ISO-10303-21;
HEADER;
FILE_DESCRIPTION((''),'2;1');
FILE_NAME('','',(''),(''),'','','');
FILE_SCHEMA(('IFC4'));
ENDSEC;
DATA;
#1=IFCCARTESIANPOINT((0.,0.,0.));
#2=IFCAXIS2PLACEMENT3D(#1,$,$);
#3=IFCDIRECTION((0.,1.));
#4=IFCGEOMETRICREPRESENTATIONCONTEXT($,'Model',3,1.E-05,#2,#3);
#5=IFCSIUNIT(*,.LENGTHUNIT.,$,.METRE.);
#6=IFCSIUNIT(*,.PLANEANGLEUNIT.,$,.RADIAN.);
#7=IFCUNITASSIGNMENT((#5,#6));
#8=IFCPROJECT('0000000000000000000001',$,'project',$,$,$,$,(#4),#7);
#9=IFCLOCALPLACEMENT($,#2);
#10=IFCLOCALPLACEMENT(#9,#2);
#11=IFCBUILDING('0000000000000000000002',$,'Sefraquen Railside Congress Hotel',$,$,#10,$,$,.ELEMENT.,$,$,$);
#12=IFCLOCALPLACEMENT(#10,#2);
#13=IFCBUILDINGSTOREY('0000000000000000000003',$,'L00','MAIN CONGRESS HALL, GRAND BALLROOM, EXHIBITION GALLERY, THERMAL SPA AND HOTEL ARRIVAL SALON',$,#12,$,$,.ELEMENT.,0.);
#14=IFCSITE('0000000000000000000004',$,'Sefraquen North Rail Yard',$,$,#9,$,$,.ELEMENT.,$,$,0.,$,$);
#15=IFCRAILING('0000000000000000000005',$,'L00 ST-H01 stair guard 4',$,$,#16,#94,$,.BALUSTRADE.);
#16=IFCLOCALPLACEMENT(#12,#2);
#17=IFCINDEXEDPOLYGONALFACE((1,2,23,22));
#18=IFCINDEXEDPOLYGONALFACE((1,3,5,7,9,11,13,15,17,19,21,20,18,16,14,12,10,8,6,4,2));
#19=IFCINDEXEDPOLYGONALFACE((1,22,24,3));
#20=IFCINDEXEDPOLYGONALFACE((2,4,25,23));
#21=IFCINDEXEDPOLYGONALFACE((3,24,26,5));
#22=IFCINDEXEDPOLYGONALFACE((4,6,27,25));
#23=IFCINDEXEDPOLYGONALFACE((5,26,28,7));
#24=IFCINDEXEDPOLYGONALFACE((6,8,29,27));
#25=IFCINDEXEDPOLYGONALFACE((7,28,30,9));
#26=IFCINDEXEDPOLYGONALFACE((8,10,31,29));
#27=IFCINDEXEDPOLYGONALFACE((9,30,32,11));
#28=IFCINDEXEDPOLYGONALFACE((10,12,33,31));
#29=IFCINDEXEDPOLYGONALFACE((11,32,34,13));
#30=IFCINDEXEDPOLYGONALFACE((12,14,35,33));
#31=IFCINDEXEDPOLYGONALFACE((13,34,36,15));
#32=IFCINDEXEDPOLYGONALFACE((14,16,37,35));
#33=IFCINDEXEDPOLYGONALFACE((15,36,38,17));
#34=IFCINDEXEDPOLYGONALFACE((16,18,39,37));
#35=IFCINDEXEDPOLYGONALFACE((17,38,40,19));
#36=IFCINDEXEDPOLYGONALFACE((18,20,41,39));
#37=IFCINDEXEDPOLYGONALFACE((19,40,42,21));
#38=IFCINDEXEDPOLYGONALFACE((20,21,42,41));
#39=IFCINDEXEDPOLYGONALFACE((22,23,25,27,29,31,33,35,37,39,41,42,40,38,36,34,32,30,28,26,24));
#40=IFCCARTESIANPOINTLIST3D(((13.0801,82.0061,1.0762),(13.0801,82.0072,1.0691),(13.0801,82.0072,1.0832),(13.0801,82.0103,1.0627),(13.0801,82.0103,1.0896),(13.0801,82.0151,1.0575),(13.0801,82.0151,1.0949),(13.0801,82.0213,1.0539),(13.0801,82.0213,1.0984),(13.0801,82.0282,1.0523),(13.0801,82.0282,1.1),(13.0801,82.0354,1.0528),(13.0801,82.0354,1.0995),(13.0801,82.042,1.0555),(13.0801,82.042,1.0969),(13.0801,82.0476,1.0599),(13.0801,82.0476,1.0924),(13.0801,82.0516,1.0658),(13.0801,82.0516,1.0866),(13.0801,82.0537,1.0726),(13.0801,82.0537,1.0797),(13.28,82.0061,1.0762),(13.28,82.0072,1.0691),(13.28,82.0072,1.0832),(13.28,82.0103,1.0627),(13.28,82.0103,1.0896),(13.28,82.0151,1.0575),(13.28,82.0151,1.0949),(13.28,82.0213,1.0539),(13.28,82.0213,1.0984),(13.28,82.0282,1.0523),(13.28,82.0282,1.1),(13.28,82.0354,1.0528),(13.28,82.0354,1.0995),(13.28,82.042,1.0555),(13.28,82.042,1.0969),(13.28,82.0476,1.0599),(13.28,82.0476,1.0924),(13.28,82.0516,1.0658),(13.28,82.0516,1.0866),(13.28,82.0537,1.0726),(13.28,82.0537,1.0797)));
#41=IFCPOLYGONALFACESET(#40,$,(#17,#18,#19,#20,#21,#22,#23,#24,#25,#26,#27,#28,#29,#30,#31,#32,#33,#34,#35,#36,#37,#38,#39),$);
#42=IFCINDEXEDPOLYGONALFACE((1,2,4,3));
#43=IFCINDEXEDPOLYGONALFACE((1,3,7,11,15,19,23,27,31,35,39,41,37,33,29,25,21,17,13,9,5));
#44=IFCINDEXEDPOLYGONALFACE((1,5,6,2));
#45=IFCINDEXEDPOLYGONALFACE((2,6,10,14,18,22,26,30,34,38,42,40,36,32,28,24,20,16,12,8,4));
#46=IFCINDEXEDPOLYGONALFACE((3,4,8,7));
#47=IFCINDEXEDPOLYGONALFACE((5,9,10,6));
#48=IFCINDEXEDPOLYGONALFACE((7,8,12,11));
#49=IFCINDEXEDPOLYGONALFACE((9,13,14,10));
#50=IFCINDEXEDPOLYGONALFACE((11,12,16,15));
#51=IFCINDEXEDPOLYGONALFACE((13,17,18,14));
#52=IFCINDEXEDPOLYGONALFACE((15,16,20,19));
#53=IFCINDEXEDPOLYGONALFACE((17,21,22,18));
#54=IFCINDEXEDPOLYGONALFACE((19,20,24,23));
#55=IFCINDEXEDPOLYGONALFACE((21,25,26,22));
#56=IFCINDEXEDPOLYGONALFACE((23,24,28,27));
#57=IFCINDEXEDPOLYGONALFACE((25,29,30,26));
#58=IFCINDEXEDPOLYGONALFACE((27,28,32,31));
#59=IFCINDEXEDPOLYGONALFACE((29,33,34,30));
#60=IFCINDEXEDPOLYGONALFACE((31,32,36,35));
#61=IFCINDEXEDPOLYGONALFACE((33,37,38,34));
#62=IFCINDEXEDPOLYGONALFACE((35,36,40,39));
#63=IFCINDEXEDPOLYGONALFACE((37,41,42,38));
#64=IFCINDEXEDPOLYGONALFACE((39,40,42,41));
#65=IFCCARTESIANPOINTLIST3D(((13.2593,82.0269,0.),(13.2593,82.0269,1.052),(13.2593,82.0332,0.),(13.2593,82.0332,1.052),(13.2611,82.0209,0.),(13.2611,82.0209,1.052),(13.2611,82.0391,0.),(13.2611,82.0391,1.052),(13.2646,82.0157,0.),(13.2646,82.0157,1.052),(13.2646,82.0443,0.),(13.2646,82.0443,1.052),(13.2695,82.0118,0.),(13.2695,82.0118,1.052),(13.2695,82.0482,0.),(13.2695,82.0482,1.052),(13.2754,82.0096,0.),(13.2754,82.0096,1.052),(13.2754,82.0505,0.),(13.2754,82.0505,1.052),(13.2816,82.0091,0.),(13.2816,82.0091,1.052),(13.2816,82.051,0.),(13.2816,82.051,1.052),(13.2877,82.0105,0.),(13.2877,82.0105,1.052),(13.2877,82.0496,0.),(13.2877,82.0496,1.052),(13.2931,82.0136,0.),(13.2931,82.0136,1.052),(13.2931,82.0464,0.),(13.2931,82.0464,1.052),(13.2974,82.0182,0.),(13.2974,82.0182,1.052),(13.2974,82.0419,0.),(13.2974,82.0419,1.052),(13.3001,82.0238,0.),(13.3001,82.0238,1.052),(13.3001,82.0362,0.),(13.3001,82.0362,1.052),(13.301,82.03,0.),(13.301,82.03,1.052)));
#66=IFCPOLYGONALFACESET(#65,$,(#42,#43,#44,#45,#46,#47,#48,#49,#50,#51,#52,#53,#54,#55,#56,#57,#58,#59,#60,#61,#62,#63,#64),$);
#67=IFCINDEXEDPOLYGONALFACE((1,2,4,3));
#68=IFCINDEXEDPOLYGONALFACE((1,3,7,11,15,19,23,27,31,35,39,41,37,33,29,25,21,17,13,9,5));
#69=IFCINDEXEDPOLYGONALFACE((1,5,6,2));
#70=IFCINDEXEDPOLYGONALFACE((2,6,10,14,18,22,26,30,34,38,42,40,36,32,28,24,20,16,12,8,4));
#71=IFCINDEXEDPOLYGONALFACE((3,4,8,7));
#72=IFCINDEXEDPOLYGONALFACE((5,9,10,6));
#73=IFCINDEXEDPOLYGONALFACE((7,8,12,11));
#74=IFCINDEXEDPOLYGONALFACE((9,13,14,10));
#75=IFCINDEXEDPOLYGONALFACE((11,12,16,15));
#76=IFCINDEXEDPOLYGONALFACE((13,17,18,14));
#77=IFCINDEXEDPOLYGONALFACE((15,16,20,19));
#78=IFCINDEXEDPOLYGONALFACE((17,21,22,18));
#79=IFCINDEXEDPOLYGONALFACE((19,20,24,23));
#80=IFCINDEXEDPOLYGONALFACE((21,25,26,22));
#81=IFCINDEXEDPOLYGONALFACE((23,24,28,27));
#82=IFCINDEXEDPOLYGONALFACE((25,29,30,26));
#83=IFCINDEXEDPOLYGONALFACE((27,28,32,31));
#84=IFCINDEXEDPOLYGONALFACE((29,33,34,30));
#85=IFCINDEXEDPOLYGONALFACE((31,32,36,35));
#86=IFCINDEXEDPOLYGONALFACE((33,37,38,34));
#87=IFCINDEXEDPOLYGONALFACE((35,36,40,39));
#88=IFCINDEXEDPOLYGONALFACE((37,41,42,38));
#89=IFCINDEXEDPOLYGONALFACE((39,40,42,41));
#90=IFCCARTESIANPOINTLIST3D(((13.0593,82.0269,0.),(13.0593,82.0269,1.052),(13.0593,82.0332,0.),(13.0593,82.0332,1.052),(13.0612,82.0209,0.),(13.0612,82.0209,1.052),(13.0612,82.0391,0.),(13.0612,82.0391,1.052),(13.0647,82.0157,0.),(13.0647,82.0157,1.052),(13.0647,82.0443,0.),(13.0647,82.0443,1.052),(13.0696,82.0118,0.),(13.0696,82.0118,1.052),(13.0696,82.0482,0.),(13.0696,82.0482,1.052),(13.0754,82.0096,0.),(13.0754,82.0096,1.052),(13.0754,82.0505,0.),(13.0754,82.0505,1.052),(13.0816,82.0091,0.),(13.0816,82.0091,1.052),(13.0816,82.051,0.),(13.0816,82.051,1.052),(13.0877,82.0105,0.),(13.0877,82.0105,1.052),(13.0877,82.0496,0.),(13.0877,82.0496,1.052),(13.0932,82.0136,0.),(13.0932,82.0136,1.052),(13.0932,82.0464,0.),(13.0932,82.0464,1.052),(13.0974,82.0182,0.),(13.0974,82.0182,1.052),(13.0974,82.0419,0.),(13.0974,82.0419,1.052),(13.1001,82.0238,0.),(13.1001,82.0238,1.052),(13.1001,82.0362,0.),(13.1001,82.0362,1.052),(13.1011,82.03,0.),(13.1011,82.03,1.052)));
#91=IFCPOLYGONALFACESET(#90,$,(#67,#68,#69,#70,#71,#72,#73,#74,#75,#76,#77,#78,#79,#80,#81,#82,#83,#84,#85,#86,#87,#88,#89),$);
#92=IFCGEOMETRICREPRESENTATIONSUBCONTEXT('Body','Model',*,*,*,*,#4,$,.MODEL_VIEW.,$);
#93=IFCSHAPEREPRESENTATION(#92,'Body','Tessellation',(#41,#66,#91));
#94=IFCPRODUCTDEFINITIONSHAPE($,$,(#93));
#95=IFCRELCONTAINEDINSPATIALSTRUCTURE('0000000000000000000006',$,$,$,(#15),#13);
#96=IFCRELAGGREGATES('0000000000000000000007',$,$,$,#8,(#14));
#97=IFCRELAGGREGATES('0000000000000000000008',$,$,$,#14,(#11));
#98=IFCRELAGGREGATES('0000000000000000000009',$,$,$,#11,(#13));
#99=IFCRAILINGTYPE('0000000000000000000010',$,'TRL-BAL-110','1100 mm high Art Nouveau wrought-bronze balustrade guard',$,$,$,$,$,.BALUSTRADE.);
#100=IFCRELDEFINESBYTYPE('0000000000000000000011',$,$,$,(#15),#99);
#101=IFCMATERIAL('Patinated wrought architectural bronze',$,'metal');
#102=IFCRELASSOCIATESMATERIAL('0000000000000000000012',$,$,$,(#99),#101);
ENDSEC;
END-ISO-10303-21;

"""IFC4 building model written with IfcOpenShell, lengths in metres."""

from ifc_helpers import new_model, si_unit, direction, frame, origin, origin_2d, place, context, subcontext, project, spatial, circle, extrude, material, type_object, element, save


model = new_model("IFC4")

# Units and contexts
model_context = context("Model", 3, precision=1e-05, world=origin(), true_north=direction((0.0, 1.0)))
body_context = subcontext(model_context, "Body", "Model", "MODEL_VIEW")
ifc_project = project(units=[si_unit("LENGTHUNIT", "METRE"), si_unit("PLANEANGLEUNIT", "RADIAN")], contexts=[model_context])

# Site, building, storey
site_placement = place(None, origin())
site = spatial("IfcSite", under=ifc_project, at=site_placement, Name="Sefraquen North Rail Yard", CompositionType="ELEMENT", RefElevation=0.0)
building_placement = place(site_placement, origin())
building = spatial("IfcBuilding", under=site, at=building_placement, Name="Sefraquen Railside Congress Hotel", CompositionType="ELEMENT")
storey_placement = place(building_placement, origin())
storey = spatial("IfcBuildingStorey", under=building, at=storey_placement, Name="L00", Description="MAIN CONGRESS HALL, GRAND BALLROOM, EXHIBITION GALLERY, THERMAL SPA AND HOTEL ARRIVAL SALON", CompositionType="ELEMENT", Elevation=0.0)

# Railing
ifc_material_1 = material(Name="Patinated wrought architectural bronze", Category="metal")
railing_type_1 = type_object("IfcRailingType", Name="TRL-BAL-110", Description="1100 mm high Art Nouveau wrought-bronze balustrade guard", PredefinedType="BALUSTRADE", material=ifc_material_1)
railing_1_placement = place(storey_placement, frame((13.28, 82.03, 0.0)))
element("IfcRailing", 1, at=railing_1_placement, inside=storey, type_object=railing_type_1, Name="L00 ST-H01 stair guard 4", PredefinedType="BALUSTRADE", context=body_context, shape_type="SweptSolid", body=[
    extrude(circle(Radius=0.0239, at=origin_2d()), frame((0.0, 0.0, 1.0762), z_axis=(-1.0, 0.0, 0.0), x_axis=(0.0, -1.0, 0.0)), (0.0, 0.0, 1.0), 0.2),
    extrude(circle(Radius=0.021, at=origin_2d()), origin(), (0.0, 0.0, 1.0), 1.052),
    extrude(circle(Radius=0.021, at=origin_2d()), frame((-0.2, 0.0, 0.0)), (0.0, 0.0, 1.0), 1.052),
])

save(model, "model.ifc")
